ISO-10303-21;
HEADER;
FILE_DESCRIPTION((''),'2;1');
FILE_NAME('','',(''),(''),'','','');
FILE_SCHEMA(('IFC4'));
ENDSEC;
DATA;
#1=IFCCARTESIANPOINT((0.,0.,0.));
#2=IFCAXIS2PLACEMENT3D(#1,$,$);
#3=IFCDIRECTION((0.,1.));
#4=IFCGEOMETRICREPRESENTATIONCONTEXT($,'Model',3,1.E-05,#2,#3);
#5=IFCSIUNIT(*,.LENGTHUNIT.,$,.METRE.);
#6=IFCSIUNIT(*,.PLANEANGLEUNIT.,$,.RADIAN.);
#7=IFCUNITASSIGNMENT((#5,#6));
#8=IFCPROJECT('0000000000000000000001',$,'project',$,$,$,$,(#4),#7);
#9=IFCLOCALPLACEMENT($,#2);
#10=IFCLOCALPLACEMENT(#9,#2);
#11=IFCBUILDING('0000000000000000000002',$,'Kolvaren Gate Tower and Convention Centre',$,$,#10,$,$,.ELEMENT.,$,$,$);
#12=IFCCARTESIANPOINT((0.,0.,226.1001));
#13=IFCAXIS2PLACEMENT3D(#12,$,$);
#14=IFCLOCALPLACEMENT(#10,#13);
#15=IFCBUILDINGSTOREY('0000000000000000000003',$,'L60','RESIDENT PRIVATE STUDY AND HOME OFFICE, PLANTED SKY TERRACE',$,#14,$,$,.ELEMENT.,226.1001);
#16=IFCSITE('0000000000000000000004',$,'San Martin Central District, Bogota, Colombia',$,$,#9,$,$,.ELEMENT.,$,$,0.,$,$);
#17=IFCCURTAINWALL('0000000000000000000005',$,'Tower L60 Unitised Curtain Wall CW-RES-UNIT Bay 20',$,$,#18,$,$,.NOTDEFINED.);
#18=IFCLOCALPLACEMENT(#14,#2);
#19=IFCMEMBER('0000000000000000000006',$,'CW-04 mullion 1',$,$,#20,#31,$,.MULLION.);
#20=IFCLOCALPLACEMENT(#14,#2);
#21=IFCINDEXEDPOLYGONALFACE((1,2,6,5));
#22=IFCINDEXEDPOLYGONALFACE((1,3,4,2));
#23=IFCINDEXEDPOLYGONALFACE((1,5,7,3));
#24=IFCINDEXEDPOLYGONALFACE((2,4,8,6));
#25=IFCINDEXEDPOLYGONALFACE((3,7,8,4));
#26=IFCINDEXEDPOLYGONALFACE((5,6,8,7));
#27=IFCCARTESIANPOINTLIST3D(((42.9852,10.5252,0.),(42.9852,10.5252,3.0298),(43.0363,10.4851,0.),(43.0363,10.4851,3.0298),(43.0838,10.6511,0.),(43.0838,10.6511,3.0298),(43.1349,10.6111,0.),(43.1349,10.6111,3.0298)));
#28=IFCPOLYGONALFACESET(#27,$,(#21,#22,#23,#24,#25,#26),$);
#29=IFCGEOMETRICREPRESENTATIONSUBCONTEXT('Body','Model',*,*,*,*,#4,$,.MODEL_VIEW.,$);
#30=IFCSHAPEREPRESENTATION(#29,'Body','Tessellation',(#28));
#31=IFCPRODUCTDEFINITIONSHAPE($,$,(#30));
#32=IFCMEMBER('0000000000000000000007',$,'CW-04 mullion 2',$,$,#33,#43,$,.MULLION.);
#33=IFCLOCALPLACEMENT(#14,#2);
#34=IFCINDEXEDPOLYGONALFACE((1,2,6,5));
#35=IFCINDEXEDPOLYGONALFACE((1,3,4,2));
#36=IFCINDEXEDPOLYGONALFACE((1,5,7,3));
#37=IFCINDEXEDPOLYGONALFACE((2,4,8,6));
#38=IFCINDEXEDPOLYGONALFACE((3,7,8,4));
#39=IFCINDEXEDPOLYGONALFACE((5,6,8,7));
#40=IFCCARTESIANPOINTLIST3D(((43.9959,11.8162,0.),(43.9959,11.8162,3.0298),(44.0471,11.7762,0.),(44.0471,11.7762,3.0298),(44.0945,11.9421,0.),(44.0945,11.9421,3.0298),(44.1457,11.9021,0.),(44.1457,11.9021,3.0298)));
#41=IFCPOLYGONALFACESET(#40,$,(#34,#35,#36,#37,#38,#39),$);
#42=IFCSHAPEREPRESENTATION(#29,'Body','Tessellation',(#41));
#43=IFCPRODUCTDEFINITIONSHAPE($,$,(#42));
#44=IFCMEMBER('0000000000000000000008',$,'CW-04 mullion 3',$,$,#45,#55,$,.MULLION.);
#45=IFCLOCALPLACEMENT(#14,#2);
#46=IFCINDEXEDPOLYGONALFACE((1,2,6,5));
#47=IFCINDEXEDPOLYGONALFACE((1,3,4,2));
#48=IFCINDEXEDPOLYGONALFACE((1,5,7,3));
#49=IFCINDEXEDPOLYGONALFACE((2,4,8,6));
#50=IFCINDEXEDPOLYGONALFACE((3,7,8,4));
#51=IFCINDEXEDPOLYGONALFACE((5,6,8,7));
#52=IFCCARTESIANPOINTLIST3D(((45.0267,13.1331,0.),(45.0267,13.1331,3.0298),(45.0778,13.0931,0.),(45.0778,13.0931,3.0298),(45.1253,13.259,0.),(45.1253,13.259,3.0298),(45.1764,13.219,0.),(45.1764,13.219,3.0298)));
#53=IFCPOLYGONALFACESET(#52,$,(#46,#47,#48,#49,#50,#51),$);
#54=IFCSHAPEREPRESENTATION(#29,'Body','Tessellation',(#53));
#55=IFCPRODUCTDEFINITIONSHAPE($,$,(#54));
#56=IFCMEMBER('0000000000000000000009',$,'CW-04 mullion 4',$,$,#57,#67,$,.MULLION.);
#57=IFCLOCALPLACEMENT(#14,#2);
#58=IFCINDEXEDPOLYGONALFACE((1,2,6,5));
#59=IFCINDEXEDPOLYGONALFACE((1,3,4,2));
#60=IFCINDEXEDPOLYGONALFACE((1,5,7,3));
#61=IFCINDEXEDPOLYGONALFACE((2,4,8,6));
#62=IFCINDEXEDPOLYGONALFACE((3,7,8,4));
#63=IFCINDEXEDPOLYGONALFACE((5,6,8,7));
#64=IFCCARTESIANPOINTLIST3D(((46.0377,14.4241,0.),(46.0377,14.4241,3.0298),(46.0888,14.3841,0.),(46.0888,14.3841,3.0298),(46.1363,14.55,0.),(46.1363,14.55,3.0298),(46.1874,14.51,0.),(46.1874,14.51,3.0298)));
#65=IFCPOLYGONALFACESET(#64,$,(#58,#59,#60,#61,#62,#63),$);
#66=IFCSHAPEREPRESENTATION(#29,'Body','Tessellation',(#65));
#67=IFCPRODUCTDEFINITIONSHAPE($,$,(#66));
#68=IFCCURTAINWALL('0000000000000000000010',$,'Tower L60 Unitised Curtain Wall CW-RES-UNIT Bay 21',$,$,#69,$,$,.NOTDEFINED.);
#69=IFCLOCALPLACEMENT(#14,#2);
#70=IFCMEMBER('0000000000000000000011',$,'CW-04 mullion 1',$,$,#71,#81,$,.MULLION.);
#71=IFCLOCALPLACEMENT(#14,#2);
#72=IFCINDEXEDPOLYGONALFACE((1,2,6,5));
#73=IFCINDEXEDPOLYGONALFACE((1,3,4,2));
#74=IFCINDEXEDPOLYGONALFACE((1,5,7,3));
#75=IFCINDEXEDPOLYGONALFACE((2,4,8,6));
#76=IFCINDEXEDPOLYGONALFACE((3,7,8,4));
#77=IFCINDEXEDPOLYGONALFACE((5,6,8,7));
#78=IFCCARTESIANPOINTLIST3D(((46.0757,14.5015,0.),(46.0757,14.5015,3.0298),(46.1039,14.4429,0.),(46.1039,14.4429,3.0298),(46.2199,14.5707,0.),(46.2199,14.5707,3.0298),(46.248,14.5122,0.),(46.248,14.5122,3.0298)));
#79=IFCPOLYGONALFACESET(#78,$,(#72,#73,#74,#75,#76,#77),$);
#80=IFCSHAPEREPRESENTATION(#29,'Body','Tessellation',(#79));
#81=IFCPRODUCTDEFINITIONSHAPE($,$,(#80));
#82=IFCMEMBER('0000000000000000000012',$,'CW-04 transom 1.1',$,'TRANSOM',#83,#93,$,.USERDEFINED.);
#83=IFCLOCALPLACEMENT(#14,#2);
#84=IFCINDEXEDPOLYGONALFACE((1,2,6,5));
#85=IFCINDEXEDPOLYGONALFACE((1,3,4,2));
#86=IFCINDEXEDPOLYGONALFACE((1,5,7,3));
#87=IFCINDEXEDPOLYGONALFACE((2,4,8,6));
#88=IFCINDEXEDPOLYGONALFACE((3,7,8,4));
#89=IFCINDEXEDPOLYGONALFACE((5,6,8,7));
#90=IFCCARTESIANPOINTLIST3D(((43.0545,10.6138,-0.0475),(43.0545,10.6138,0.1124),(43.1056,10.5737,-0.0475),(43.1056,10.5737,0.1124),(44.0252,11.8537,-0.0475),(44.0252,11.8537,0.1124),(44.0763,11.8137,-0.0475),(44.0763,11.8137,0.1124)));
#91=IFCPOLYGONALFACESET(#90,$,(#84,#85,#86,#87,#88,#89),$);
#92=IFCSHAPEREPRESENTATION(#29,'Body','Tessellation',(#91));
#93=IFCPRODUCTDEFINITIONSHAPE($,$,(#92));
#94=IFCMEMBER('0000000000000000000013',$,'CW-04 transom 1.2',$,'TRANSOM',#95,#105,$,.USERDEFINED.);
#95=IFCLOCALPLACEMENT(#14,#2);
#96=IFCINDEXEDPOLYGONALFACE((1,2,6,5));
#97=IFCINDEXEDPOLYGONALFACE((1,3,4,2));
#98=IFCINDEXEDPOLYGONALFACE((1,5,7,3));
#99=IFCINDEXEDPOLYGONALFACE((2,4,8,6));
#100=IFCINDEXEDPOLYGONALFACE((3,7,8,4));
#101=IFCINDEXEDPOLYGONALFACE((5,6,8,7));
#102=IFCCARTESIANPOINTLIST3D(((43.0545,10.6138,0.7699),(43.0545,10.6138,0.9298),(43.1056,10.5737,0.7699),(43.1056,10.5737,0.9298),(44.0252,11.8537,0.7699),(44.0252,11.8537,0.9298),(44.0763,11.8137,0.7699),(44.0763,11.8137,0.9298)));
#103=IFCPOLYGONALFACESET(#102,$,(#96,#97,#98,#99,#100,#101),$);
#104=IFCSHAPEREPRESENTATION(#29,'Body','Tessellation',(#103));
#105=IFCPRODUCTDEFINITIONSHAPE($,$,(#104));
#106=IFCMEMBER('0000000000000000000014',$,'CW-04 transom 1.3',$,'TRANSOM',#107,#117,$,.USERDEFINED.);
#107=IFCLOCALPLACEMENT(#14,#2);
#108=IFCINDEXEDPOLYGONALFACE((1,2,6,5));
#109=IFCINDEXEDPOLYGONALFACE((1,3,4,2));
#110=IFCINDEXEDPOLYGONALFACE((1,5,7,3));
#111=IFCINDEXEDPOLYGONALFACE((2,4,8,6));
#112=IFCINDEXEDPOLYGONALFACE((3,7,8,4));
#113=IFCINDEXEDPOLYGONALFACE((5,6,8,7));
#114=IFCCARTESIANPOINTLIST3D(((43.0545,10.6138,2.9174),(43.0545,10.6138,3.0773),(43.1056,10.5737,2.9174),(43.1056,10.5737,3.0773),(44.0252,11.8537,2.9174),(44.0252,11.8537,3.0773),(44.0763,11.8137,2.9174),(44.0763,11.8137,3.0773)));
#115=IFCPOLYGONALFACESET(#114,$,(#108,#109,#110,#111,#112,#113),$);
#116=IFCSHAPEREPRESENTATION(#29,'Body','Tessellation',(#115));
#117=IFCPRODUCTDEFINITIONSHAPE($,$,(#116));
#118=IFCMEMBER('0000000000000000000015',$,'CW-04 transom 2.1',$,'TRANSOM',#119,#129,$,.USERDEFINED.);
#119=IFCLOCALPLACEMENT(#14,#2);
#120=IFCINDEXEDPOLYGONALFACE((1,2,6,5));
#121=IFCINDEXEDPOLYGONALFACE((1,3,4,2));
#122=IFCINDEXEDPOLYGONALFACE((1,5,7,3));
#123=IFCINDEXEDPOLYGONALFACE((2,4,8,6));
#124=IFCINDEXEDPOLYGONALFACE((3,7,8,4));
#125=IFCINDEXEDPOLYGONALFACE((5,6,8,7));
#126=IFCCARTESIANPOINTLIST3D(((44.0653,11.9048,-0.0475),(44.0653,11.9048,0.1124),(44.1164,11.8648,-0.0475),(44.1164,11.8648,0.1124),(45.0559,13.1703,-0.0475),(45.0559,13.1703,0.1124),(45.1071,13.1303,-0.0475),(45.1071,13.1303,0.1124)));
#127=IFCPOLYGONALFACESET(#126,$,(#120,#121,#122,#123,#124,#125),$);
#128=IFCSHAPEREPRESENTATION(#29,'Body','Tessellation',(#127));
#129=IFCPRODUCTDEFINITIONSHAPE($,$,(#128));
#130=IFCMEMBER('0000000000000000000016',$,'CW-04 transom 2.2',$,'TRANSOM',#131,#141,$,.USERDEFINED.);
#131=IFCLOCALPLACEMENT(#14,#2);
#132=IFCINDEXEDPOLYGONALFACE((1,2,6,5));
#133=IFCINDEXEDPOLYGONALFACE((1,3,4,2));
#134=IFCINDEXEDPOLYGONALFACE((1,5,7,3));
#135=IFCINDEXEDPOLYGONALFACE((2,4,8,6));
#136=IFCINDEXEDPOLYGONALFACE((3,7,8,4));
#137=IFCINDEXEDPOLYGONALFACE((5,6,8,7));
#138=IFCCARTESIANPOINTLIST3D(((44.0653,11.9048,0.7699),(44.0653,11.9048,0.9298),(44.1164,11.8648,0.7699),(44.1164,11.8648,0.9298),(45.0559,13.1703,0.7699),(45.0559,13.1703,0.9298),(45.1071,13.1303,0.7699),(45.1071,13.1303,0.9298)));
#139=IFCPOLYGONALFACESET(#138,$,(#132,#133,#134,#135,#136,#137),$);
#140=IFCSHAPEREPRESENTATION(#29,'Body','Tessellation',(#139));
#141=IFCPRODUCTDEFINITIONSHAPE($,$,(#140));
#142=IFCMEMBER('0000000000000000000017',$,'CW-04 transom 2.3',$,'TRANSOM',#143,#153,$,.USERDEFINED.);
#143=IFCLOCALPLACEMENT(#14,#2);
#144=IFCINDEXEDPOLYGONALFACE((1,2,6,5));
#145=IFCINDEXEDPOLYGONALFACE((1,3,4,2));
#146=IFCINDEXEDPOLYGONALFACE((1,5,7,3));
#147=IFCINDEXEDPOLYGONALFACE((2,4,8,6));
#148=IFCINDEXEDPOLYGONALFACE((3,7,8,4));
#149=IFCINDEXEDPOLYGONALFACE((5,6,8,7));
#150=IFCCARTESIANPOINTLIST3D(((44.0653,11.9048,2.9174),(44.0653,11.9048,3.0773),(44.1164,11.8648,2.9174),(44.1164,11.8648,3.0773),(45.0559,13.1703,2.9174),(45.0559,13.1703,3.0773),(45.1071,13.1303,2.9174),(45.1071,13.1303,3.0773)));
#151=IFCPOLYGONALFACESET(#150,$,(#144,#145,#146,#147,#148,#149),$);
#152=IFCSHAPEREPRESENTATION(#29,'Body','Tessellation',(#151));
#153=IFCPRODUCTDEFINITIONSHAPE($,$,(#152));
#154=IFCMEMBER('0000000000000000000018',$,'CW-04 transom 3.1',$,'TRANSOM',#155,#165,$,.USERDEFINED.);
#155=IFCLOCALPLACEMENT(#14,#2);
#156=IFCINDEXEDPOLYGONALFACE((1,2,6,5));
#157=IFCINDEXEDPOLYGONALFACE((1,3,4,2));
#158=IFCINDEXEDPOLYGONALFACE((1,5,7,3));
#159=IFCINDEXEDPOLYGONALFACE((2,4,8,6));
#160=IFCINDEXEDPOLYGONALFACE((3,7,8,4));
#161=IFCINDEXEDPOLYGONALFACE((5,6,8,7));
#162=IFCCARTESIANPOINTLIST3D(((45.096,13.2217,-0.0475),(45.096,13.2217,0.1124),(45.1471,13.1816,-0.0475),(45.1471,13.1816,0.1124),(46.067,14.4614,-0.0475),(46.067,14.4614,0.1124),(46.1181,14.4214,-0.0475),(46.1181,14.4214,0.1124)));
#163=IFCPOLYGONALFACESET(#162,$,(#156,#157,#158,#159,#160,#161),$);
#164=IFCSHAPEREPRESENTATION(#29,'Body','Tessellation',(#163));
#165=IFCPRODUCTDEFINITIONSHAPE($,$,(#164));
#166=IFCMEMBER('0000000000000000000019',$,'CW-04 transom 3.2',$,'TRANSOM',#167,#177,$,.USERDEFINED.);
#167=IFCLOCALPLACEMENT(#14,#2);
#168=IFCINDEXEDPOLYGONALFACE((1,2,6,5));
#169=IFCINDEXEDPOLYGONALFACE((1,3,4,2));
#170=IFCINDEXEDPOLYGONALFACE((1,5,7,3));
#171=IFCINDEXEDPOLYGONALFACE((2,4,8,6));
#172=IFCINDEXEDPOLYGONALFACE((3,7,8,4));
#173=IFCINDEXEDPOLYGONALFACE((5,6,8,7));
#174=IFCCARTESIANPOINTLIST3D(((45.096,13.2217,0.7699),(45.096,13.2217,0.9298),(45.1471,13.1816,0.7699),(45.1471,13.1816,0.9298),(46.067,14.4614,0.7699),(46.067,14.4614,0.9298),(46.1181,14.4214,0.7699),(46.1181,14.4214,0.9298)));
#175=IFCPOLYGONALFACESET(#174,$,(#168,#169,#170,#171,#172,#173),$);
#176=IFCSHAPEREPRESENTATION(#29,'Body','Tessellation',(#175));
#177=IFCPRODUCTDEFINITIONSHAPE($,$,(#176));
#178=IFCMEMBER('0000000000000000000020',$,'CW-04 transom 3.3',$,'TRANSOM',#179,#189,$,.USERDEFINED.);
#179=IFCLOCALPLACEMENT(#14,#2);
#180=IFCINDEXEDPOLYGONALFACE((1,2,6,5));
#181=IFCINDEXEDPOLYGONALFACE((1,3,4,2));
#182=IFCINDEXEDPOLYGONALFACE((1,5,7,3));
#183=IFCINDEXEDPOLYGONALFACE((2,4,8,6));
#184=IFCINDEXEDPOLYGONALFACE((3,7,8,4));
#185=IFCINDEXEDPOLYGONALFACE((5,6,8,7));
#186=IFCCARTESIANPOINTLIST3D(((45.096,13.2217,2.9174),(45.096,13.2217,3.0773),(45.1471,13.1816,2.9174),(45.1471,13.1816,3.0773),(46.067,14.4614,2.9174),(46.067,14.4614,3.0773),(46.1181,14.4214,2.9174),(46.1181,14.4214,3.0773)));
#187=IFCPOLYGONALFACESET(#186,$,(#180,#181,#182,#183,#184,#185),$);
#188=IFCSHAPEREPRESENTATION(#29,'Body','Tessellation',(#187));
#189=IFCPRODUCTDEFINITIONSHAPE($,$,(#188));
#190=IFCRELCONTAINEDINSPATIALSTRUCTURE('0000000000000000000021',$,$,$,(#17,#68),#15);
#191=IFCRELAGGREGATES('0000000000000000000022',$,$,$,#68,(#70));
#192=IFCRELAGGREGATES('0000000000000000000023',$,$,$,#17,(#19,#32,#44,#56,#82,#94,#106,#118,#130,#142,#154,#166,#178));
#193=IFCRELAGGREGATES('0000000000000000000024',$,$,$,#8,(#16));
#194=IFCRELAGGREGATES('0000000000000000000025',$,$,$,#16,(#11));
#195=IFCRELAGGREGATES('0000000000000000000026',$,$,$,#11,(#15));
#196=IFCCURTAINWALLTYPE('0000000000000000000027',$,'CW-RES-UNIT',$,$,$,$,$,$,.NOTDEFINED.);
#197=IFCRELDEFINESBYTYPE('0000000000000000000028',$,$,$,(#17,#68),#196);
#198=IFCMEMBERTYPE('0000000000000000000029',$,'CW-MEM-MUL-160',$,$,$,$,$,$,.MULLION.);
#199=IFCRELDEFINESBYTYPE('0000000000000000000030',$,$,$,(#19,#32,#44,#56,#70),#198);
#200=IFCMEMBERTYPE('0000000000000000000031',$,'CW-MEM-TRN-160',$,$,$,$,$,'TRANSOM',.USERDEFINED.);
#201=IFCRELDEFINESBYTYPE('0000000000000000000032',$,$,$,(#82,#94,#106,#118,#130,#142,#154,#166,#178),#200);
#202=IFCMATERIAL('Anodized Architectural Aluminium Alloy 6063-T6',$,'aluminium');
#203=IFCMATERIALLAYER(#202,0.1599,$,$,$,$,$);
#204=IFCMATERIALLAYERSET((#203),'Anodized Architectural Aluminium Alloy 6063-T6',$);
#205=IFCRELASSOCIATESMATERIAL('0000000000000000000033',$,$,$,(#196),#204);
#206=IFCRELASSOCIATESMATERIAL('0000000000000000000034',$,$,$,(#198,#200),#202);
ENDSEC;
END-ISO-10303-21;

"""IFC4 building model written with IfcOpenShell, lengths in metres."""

from ifc_helpers import new_model, si_unit, direction, frame, origin, origin_2d, place, context, subcontext, project, spatial, rectangle, extrude, material, layer, layer_set, material_profile, profile_set, type_object, element, aggregate, save


model = new_model("IFC4")

# Units and contexts
model_context = context("Model", 3, precision=1e-05, world=origin(), true_north=direction((0.0, 1.0)))
body_context = subcontext(model_context, "Body", "Model", "MODEL_VIEW")
ifc_project = project(units=[si_unit("LENGTHUNIT", "METRE"), si_unit("PLANEANGLEUNIT", "RADIAN")], contexts=[model_context])

# Site, building, storey
site_placement = place(None, origin())
site = spatial("IfcSite", under=ifc_project, at=site_placement, Name="San Martin Central District, Bogota, Colombia", CompositionType="ELEMENT", RefElevation=0.0)
building_placement = place(site_placement, origin())
building = spatial("IfcBuilding", under=site, at=building_placement, Name="Kolvaren Gate Tower and Convention Centre", CompositionType="ELEMENT")
storey_placement = place(building_placement, frame((0.0, 0.0, 226.1001)))
storey = spatial("IfcBuildingStorey", under=building, at=storey_placement, Name="L60", Description="RESIDENT PRIVATE STUDY AND HOME OFFICE, PLANTED SKY TERRACE", CompositionType="ELEMENT", Elevation=226.1001)

# Curtain wall, members
ifc_material_1 = material(Name="Anodized Architectural Aluminium Alloy 6063-T6", Category="aluminium")
ifc_layer_1 = layer(ifc_material_1, 0.1599)
ifc_layer_set_1 = layer_set([ifc_layer_1], Name="Anodized Architectural Aluminium Alloy 6063-T6")
curtain_wall_type = type_object("IfcCurtainWallType", Name="CW-RES-UNIT", PredefinedType="NOTDEFINED", material=ifc_layer_set_1)
curtain_wall_1_placement = place(storey_placement, origin())
curtain_wall_1 = element("IfcCurtainWall", 1, at=curtain_wall_1_placement, inside=storey, type_object=curtain_wall_type, Name="Tower L60 Unitised Curtain Wall CW-RES-UNIT Bay 20", PredefinedType="NOTDEFINED")
ifc_material_profile_1 = material_profile(ifc_material_1, rectangle(XDim=0.0649, YDim=0.1599, at=origin_2d()), Name="CW-MEM-MUL-160")
ifc_profile_set_1 = profile_set([ifc_material_profile_1], Name="Anodized Architectural Aluminium Alloy 6063-T6")
member_type_1 = type_object("IfcMemberType", Name="CW-MEM-MUL-160", PredefinedType="MULLION", material=ifc_profile_set_1)
member_1_placement = place(storey_placement, frame((43.0601, 10.5681, 0.0), z_axis=(0.0, 0.0, 1.0), x_axis=(-0.787404, 0.616437, 0.0)))
member_1 = element("IfcMember", 2, at=member_1_placement, type_object=member_type_1, Name="CW-04 mullion 1", PredefinedType="MULLION", context=body_context, shape_type="SweptSolid", body=[
    extrude(rectangle(XDim=0.0649, YDim=0.1599, at=origin_2d()), origin(), (0.0, 0.0, 1.0), 3.0298),
])
member_2_placement = place(storey_placement, frame((44.0708, 11.8591, 0.0), z_axis=(0.0, 0.0, 1.0), x_axis=(-0.787404, 0.616437, 0.0)))
member_2 = element("IfcMember", 3, at=member_2_placement, type_object=member_type_1, Name="CW-04 mullion 2", PredefinedType="MULLION", context=body_context, shape_type="SweptSolid", body=[
    extrude(rectangle(XDim=0.0649, YDim=0.1599, at=origin_2d()), origin(), (0.0, 0.0, 1.0), 3.0298),
])
member_3_placement = place(storey_placement, frame((45.1016, 13.176, 0.0), z_axis=(0.0, 0.0, 1.0), x_axis=(-0.787404, 0.616437, 0.0)))
member_3 = element("IfcMember", 4, at=member_3_placement, type_object=member_type_1, Name="CW-04 mullion 3", PredefinedType="MULLION", context=body_context, shape_type="SweptSolid", body=[
    extrude(rectangle(XDim=0.0649, YDim=0.1599, at=origin_2d()), origin(), (0.0, 0.0, 1.0), 3.0298),
])
member_4_placement = place(storey_placement, frame((46.1125, 14.467, 0.0), z_axis=(0.0, 0.0, 1.0), x_axis=(-0.787404, 0.616437, 0.0)))
member_4 = element("IfcMember", 5, at=member_4_placement, type_object=member_type_1, Name="CW-04 mullion 4", PredefinedType="MULLION", context=body_context, shape_type="SweptSolid", body=[
    extrude(rectangle(XDim=0.0649, YDim=0.1599, at=origin_2d()), origin(), (0.0, 0.0, 1.0), 3.0298),
])

# Curtain wall, member
curtain_wall_2_placement = place(storey_placement, origin())
curtain_wall_2 = element("IfcCurtainWall", 6, at=curtain_wall_2_placement, inside=storey, type_object=curtain_wall_type, Name="Tower L60 Unitised Curtain Wall CW-RES-UNIT Bay 21", PredefinedType="NOTDEFINED")
member_5_placement = place(storey_placement, frame((46.1619, 14.5068, 0.0), z_axis=(0.0, 0.0, 1.0), x_axis=(-0.433064, 0.901363, 0.0)))
member_5 = element("IfcMember", 7, at=member_5_placement, type_object=member_type_1, Name="CW-04 mullion 1", PredefinedType="MULLION", context=body_context, shape_type="SweptSolid", body=[
    extrude(rectangle(XDim=0.0649, YDim=0.1599, at=origin_2d()), origin(), (0.0, 0.0, 1.0), 3.0298),
])

# Members
ifc_material_profile_2 = material_profile(ifc_material_1, rectangle(XDim=0.0649, YDim=0.1599, at=origin_2d()), Name="CW-MEM-TRN-160")
ifc_profile_set_2 = profile_set([ifc_material_profile_2], Name="Anodized Architectural Aluminium Alloy 6063-T6")
member_type_2 = type_object("IfcMemberType", Name="CW-MEM-TRN-160", ElementType="TRANSOM", PredefinedType="USERDEFINED", material=ifc_profile_set_2)
member_6_placement = place(storey_placement, frame((43.0801, 10.5938, 0.0325), z_axis=(0.616417, 0.78742, 0.0), x_axis=(-0.78742, 0.616417, 0.0)))
member_6 = element("IfcMember", 8, at=member_6_placement, type_object=member_type_2, Name="CW-04 transom 1.1", ObjectType="TRANSOM", PredefinedType="USERDEFINED", context=body_context, shape_type="SweptSolid", body=[
    extrude(rectangle(XDim=0.0649, YDim=0.1599, at=origin_2d()), origin(), (0.0, 0.0, 1.0), 1.5747),
])
member_7_placement = place(storey_placement, frame((43.0801, 10.5938, 0.8499), z_axis=(0.616417, 0.78742, 0.0), x_axis=(-0.78742, 0.616417, 0.0)))
member_7 = element("IfcMember", 9, at=member_7_placement, type_object=member_type_2, Name="CW-04 transom 1.2", ObjectType="TRANSOM", PredefinedType="USERDEFINED", context=body_context, shape_type="SweptSolid", body=[
    extrude(rectangle(XDim=0.0649, YDim=0.1599, at=origin_2d()), origin(), (0.0, 0.0, 1.0), 1.5747),
])
member_8_placement = place(storey_placement, frame((43.0801, 10.5938, 2.9973), z_axis=(0.616417, 0.78742, 0.0), x_axis=(-0.78742, 0.616417, 0.0)))
member_8 = element("IfcMember", 10, at=member_8_placement, type_object=member_type_2, Name="CW-04 transom 1.3", ObjectType="TRANSOM", PredefinedType="USERDEFINED", context=body_context, shape_type="SweptSolid", body=[
    extrude(rectangle(XDim=0.0649, YDim=0.1599, at=origin_2d()), origin(), (0.0, 0.0, 1.0), 1.5747),
])
member_9_placement = place(storey_placement, frame((44.0908, 11.8848, 0.0325), z_axis=(0.616398, 0.787434, 0.0), x_axis=(-0.787434, 0.616398, 0.0)))
member_9 = element("IfcMember", 11, at=member_9_placement, type_object=member_type_2, Name="CW-04 transom 2.1", ObjectType="TRANSOM", PredefinedType="USERDEFINED", context=body_context, shape_type="SweptSolid", body=[
    extrude(rectangle(XDim=0.0649, YDim=0.1599, at=origin_2d()), origin(), (0.0, 0.0, 1.0), 1.6072),
])
member_10_placement = place(storey_placement, frame((44.0908, 11.8848, 0.8499), z_axis=(0.616398, 0.787434, 0.0), x_axis=(-0.787434, 0.616398, 0.0)))
member_10 = element("IfcMember", 12, at=member_10_placement, type_object=member_type_2, Name="CW-04 transom 2.2", ObjectType="TRANSOM", PredefinedType="USERDEFINED", context=body_context, shape_type="SweptSolid", body=[
    extrude(rectangle(XDim=0.0649, YDim=0.1599, at=origin_2d()), origin(), (0.0, 0.0, 1.0), 1.6072),
])
member_11_placement = place(storey_placement, frame((44.0908, 11.8848, 2.9973), z_axis=(0.616398, 0.787434, 0.0), x_axis=(-0.787434, 0.616398, 0.0)))
member_11 = element("IfcMember", 13, at=member_11_placement, type_object=member_type_2, Name="CW-04 transom 2.3", ObjectType="TRANSOM", PredefinedType="USERDEFINED", context=body_context, shape_type="SweptSolid", body=[
    extrude(rectangle(XDim=0.0649, YDim=0.1599, at=origin_2d()), origin(), (0.0, 0.0, 1.0), 1.6072),
])
member_12_placement = place(storey_placement, frame((45.1216, 13.2017, 0.0325), z_axis=(0.616588, 0.787286, 0.0), x_axis=(-0.787286, 0.616588, 0.0)))
member_12 = element("IfcMember", 14, at=member_12_placement, type_object=member_type_2, Name="CW-04 transom 3.1", ObjectType="TRANSOM", PredefinedType="USERDEFINED", context=body_context, shape_type="SweptSolid", body=[
    extrude(rectangle(XDim=0.0649, YDim=0.1599, at=origin_2d()), origin(), (0.0, 0.0, 1.0), 1.5747),
])
member_13_placement = place(storey_placement, frame((45.1216, 13.2017, 0.8499), z_axis=(0.616588, 0.787286, 0.0), x_axis=(-0.787286, 0.616588, 0.0)))
member_13 = element("IfcMember", 15, at=member_13_placement, type_object=member_type_2, Name="CW-04 transom 3.2", ObjectType="TRANSOM", PredefinedType="USERDEFINED", context=body_context, shape_type="SweptSolid", body=[
    extrude(rectangle(XDim=0.0649, YDim=0.1599, at=origin_2d()), origin(), (0.0, 0.0, 1.0), 1.5747),
])
member_14_placement = place(storey_placement, frame((45.1216, 13.2017, 2.9973), z_axis=(0.616588, 0.787286, 0.0), x_axis=(-0.787286, 0.616588, 0.0)))
member_14 = element("IfcMember", 16, at=member_14_placement, type_object=member_type_2, Name="CW-04 transom 3.3", ObjectType="TRANSOM", PredefinedType="USERDEFINED", context=body_context, shape_type="SweptSolid", body=[
    extrude(rectangle(XDim=0.0649, YDim=0.1599, at=origin_2d()), origin(), (0.0, 0.0, 1.0), 1.5747),
])
aggregate(curtain_wall_2, [member_5])

aggregate(curtain_wall_1, [member_1, member_2, member_3, member_4, member_6, member_7, member_8, member_9, member_10, member_11, member_12, member_13, member_14])

save(model, "model.ifc")
